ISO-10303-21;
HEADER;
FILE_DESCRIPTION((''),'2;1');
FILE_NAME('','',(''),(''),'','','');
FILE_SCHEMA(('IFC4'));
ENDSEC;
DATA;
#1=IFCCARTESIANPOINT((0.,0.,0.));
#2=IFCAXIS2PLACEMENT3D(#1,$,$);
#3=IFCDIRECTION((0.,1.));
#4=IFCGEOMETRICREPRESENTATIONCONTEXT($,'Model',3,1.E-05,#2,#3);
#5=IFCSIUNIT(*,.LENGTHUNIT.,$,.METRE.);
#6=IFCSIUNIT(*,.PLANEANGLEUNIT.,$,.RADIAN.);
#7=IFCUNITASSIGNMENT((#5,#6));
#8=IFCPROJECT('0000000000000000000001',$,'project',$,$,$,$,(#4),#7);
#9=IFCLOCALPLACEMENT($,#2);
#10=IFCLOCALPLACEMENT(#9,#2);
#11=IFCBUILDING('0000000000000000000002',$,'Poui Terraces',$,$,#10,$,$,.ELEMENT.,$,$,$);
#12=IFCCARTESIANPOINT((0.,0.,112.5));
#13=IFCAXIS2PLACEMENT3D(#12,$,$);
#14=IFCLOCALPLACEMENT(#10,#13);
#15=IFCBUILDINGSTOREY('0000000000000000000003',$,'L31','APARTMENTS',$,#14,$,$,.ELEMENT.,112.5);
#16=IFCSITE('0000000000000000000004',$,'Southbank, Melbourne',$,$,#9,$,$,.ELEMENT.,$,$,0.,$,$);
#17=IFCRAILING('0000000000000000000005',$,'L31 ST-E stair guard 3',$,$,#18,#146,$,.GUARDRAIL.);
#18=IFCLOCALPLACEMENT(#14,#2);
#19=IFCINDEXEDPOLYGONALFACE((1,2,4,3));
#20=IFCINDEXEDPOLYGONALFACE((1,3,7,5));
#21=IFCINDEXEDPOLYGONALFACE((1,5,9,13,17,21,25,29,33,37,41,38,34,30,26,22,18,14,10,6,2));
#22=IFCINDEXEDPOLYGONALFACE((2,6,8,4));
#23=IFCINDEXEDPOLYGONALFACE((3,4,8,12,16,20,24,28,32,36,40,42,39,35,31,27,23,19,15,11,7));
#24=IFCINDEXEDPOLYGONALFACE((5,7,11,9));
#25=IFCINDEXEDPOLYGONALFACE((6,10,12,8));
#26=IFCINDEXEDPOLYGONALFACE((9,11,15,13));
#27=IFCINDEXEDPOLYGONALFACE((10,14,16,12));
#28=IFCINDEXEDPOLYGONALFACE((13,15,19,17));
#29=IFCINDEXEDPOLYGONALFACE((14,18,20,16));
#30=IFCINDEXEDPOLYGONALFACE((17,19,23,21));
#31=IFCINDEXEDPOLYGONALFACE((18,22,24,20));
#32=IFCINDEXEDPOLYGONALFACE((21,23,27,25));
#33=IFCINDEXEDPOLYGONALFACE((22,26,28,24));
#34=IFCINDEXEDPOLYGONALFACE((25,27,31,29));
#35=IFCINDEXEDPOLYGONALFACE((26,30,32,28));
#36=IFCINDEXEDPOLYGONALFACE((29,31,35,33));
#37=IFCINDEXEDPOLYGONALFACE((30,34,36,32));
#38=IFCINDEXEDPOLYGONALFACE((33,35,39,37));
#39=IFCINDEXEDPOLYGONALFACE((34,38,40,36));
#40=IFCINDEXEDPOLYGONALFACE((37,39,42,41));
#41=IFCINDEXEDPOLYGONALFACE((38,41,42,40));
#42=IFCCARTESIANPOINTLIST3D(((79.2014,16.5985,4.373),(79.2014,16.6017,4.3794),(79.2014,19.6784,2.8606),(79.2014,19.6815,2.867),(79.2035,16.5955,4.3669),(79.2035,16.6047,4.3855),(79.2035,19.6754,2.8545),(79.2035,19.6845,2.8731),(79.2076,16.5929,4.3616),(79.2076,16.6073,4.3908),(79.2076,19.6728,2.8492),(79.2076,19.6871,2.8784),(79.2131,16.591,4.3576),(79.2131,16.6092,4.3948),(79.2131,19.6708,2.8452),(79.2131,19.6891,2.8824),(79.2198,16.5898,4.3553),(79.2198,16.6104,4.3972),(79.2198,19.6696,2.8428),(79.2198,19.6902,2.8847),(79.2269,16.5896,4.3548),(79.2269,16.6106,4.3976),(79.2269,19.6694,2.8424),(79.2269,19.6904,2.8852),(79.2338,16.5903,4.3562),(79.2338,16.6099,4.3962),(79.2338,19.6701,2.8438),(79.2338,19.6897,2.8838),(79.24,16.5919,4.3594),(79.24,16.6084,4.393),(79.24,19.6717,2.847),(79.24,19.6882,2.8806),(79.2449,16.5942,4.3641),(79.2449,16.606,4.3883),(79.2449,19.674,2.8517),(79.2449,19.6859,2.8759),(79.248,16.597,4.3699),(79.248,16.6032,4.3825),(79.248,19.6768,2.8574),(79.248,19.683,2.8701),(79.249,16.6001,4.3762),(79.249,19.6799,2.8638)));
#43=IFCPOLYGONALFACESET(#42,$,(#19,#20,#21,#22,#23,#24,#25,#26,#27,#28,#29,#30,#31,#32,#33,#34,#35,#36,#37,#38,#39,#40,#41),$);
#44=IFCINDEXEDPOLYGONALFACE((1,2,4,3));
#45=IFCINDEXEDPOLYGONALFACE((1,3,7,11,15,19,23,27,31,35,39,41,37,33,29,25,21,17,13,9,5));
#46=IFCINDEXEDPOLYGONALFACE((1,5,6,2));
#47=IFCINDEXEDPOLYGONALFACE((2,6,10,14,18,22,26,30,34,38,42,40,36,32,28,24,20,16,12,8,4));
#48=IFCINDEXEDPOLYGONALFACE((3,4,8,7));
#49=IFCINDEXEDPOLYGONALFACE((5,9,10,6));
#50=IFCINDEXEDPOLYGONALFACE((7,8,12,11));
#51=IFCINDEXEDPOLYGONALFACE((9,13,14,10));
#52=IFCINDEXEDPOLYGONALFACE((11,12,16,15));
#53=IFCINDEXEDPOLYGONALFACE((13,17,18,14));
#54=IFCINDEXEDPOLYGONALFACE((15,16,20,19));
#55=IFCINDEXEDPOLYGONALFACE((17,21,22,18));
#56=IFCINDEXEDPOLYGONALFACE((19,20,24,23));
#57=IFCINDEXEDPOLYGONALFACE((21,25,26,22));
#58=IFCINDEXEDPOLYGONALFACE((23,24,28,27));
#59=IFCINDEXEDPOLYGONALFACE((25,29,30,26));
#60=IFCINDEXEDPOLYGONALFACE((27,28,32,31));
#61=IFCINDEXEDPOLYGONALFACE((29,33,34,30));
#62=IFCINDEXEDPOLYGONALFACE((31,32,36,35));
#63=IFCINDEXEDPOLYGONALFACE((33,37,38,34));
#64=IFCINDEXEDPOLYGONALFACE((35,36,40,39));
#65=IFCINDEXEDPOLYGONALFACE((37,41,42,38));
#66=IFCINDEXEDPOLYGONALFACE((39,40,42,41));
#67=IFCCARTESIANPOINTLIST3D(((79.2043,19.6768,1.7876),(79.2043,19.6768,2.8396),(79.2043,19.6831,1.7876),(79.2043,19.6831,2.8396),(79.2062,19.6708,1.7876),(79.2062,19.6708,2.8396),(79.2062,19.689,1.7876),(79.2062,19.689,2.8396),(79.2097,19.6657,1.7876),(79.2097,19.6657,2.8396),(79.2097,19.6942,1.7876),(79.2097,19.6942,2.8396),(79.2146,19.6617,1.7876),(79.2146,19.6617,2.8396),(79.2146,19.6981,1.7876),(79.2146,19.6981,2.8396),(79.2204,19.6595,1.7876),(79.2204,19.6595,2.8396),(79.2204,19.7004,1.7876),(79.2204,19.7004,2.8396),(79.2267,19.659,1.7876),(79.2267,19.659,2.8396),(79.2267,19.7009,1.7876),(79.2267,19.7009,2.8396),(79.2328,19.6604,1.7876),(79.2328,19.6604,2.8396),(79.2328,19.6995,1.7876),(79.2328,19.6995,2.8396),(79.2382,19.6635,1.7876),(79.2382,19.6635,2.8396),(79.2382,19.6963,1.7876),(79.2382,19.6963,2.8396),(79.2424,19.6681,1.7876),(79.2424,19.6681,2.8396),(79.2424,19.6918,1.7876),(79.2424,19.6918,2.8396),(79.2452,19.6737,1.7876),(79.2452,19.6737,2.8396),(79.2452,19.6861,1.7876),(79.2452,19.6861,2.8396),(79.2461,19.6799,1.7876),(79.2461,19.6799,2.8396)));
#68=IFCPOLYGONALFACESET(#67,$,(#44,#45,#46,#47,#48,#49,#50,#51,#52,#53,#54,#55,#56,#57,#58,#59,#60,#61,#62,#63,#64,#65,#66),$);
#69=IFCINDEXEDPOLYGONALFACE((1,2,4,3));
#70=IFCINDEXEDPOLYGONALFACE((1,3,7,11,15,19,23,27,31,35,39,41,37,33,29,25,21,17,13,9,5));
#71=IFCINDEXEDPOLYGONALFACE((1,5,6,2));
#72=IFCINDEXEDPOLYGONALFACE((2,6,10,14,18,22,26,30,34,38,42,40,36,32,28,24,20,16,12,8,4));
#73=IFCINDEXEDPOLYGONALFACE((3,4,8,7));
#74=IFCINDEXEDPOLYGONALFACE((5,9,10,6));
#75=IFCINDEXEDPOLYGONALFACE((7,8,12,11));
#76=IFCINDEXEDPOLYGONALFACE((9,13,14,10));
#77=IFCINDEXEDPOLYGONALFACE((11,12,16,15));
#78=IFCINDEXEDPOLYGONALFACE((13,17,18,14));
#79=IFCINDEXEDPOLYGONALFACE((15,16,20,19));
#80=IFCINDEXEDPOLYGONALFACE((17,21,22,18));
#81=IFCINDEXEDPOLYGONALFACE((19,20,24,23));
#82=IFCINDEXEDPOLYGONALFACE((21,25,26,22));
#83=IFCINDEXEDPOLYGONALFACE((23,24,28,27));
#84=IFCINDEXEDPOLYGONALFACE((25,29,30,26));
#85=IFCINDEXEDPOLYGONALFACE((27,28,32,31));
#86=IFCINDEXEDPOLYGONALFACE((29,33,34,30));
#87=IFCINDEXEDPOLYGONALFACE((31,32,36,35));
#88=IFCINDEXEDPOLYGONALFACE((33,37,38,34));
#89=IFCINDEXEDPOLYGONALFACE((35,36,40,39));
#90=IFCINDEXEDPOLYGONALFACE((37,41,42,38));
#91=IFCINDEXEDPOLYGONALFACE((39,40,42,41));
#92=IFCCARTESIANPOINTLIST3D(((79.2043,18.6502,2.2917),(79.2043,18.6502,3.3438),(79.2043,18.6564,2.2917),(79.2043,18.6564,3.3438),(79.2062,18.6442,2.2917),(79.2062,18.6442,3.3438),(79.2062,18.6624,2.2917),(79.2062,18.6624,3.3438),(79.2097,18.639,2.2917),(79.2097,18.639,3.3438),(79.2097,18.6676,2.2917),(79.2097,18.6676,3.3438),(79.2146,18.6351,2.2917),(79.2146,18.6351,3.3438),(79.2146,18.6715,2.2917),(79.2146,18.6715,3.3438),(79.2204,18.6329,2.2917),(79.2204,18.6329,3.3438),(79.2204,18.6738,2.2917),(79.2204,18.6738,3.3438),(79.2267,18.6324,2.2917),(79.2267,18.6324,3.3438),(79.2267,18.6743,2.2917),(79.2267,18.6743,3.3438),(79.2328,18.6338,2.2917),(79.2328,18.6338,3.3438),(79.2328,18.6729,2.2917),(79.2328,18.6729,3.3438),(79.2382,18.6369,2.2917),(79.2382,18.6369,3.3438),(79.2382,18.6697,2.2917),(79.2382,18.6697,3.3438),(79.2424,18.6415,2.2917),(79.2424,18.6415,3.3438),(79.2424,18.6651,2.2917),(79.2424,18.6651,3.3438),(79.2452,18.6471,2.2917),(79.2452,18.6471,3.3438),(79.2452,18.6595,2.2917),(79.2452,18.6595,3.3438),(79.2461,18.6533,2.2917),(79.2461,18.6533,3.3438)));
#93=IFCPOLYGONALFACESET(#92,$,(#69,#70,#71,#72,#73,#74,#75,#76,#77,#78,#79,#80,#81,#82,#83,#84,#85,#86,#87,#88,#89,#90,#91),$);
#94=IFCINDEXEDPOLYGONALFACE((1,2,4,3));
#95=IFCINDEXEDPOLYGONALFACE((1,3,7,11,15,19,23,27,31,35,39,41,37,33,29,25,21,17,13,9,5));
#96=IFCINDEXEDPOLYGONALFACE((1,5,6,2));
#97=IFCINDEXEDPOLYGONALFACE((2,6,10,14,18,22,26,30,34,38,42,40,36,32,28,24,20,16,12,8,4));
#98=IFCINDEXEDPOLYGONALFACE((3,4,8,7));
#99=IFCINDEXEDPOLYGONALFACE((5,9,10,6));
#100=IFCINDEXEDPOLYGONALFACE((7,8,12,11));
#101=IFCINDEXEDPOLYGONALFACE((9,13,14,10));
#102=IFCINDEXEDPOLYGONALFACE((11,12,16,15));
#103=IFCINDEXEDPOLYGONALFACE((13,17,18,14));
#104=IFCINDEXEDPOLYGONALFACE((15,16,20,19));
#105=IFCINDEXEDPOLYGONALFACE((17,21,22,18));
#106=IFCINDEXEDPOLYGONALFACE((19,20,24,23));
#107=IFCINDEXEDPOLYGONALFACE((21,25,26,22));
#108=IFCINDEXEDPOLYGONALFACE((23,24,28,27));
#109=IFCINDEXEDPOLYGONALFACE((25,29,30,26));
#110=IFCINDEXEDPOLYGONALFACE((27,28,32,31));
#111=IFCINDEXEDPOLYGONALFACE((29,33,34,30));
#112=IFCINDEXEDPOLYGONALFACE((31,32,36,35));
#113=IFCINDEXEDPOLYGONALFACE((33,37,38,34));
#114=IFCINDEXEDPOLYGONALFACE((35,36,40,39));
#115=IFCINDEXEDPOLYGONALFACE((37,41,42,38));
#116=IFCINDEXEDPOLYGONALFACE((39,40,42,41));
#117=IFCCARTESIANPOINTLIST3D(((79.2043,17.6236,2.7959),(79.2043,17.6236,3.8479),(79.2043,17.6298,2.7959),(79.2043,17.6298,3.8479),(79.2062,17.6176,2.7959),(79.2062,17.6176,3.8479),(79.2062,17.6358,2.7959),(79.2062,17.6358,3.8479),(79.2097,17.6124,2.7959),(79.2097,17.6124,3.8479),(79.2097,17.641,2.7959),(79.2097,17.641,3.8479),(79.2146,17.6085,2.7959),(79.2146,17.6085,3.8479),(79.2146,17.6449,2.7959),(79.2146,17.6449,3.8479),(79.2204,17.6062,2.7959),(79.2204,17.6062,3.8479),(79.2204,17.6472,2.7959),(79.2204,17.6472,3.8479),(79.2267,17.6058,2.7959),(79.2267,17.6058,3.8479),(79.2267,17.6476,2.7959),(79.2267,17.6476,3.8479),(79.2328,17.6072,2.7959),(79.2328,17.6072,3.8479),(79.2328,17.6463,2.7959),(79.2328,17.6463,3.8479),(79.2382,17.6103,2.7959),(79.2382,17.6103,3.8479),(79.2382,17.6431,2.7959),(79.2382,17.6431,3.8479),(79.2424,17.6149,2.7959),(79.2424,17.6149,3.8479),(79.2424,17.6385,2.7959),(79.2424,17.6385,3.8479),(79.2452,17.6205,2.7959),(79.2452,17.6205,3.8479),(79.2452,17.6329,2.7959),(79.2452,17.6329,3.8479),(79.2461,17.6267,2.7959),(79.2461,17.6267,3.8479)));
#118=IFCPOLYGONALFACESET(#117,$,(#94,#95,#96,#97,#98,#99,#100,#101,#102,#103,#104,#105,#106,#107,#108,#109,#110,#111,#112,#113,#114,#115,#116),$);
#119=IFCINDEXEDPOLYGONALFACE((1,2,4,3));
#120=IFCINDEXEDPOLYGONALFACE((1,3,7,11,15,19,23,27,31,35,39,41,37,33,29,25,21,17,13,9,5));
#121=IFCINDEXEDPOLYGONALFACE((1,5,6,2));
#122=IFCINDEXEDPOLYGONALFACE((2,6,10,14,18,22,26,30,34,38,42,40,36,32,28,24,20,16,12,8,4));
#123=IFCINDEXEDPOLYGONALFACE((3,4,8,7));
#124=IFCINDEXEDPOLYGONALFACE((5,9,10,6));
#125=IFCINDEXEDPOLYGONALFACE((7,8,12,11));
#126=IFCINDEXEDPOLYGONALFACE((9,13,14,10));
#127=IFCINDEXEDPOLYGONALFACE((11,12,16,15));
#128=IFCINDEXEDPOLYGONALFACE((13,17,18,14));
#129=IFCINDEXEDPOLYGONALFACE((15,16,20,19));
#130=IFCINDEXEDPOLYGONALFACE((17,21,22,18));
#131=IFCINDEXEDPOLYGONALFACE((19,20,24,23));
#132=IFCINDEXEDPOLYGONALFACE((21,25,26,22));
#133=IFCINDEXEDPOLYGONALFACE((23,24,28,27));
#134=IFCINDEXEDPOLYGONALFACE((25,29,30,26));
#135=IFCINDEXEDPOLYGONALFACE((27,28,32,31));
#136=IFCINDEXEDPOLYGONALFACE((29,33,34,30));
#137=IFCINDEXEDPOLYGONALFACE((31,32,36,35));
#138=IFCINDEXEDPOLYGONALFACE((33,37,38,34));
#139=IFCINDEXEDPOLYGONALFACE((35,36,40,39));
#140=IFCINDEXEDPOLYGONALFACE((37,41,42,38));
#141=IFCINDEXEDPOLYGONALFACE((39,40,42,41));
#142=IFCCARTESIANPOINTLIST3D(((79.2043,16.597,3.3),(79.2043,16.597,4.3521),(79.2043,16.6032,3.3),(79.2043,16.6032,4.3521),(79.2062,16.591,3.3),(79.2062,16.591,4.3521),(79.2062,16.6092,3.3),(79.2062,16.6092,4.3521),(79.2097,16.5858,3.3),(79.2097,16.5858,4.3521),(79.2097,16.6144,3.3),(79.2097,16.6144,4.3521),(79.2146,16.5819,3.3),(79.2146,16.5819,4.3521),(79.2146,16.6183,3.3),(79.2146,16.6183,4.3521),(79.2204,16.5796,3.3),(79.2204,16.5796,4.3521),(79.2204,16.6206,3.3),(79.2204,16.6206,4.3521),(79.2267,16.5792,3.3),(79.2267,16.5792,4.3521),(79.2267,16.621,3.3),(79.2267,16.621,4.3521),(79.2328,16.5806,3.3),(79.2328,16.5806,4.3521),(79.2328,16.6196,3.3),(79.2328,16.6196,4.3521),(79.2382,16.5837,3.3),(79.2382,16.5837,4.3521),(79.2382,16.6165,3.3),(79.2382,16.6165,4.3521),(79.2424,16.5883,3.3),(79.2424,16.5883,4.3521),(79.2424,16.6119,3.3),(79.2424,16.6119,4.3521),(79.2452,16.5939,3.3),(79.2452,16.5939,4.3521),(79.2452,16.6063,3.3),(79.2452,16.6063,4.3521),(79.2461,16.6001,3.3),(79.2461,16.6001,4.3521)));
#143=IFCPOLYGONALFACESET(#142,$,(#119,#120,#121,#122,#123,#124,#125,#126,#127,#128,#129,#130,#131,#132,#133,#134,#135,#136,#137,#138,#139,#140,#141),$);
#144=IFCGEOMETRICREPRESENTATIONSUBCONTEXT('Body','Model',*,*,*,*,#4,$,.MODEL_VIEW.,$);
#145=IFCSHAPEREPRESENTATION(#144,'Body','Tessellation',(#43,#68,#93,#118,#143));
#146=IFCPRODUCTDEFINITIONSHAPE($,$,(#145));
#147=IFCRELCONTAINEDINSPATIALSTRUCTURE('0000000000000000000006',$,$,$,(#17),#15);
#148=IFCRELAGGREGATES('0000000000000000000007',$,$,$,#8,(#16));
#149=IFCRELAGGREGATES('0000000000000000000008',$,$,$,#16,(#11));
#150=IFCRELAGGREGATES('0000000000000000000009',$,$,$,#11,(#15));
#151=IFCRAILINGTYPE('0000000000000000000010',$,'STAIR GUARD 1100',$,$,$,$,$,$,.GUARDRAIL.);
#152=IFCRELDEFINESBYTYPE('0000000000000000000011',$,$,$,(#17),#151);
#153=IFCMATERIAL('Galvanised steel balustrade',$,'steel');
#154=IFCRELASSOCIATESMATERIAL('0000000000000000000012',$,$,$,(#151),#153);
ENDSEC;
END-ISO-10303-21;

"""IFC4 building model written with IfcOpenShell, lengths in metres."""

from ifc_helpers import new_model, si_unit, direction, frame, origin, origin_2d, place, context, subcontext, project, spatial, circle, extrude, material, type_object, element, save


model = new_model("IFC4")

# Units and contexts
model_context = context("Model", 3, precision=1e-05, world=origin(), true_north=direction((0.0, 1.0)))
body_context = subcontext(model_context, "Body", "Model", "MODEL_VIEW")
ifc_project = project(units=[si_unit("LENGTHUNIT", "METRE"), si_unit("PLANEANGLEUNIT", "RADIAN")], contexts=[model_context])

# Site, building, storey
site_placement = place(None, origin())
site = spatial("IfcSite", under=ifc_project, at=site_placement, Name="Southbank, Melbourne", CompositionType="ELEMENT", RefElevation=0.0)
building_placement = place(site_placement, origin())
building = spatial("IfcBuilding", under=site, at=building_placement, Name="Poui Terraces", CompositionType="ELEMENT")
storey_placement = place(building_placement, frame((0.0, 0.0, 112.5)))
storey = spatial("IfcBuildingStorey", under=building, at=storey_placement, Name="L31", Description="APARTMENTS", CompositionType="ELEMENT", Elevation=112.5)

# Railing
ifc_material_1 = material(Name="Galvanised steel balustrade", Category="steel")
railing_type_1 = type_object("IfcRailingType", Name="STAIR GUARD 1100", PredefinedType="GUARDRAIL", material=ifc_material_1)
railing_1_placement = place(storey_placement, frame((79.2251, 19.6799, 1.7876)))
element("IfcRailing", 1, at=railing_1_placement, inside=storey, type_object=railing_type_1, Name="L31 ST-E stair guard 3", PredefinedType="GUARDRAIL", context=body_context, shape_type="SweptSolid", body=[
    extrude(circle(Radius=0.0239, at=origin_2d()), frame((0.0, 0.0, 1.0762), z_axis=(0.0, -0.897606, 0.440798), x_axis=(1.0, 0.0, 0.0)), (0.0, 0.0, 1.0), 3.4312),
    extrude(circle(Radius=0.021, at=origin_2d()), origin(), (0.0, 0.0, 1.0), 1.052),
    extrude(circle(Radius=0.021, at=origin_2d()), frame((0.0, -1.0266, 0.5042)), (0.0, 0.0, 1.0), 1.052),
    extrude(circle(Radius=0.021, at=origin_2d()), frame((0.0, -2.0532, 1.0083)), (0.0, 0.0, 1.0), 1.052),
    extrude(circle(Radius=0.021, at=origin_2d()), frame((0.0, -3.0798, 1.5125)), (0.0, 0.0, 1.0), 1.052),
])

save(model, "model.ifc")
